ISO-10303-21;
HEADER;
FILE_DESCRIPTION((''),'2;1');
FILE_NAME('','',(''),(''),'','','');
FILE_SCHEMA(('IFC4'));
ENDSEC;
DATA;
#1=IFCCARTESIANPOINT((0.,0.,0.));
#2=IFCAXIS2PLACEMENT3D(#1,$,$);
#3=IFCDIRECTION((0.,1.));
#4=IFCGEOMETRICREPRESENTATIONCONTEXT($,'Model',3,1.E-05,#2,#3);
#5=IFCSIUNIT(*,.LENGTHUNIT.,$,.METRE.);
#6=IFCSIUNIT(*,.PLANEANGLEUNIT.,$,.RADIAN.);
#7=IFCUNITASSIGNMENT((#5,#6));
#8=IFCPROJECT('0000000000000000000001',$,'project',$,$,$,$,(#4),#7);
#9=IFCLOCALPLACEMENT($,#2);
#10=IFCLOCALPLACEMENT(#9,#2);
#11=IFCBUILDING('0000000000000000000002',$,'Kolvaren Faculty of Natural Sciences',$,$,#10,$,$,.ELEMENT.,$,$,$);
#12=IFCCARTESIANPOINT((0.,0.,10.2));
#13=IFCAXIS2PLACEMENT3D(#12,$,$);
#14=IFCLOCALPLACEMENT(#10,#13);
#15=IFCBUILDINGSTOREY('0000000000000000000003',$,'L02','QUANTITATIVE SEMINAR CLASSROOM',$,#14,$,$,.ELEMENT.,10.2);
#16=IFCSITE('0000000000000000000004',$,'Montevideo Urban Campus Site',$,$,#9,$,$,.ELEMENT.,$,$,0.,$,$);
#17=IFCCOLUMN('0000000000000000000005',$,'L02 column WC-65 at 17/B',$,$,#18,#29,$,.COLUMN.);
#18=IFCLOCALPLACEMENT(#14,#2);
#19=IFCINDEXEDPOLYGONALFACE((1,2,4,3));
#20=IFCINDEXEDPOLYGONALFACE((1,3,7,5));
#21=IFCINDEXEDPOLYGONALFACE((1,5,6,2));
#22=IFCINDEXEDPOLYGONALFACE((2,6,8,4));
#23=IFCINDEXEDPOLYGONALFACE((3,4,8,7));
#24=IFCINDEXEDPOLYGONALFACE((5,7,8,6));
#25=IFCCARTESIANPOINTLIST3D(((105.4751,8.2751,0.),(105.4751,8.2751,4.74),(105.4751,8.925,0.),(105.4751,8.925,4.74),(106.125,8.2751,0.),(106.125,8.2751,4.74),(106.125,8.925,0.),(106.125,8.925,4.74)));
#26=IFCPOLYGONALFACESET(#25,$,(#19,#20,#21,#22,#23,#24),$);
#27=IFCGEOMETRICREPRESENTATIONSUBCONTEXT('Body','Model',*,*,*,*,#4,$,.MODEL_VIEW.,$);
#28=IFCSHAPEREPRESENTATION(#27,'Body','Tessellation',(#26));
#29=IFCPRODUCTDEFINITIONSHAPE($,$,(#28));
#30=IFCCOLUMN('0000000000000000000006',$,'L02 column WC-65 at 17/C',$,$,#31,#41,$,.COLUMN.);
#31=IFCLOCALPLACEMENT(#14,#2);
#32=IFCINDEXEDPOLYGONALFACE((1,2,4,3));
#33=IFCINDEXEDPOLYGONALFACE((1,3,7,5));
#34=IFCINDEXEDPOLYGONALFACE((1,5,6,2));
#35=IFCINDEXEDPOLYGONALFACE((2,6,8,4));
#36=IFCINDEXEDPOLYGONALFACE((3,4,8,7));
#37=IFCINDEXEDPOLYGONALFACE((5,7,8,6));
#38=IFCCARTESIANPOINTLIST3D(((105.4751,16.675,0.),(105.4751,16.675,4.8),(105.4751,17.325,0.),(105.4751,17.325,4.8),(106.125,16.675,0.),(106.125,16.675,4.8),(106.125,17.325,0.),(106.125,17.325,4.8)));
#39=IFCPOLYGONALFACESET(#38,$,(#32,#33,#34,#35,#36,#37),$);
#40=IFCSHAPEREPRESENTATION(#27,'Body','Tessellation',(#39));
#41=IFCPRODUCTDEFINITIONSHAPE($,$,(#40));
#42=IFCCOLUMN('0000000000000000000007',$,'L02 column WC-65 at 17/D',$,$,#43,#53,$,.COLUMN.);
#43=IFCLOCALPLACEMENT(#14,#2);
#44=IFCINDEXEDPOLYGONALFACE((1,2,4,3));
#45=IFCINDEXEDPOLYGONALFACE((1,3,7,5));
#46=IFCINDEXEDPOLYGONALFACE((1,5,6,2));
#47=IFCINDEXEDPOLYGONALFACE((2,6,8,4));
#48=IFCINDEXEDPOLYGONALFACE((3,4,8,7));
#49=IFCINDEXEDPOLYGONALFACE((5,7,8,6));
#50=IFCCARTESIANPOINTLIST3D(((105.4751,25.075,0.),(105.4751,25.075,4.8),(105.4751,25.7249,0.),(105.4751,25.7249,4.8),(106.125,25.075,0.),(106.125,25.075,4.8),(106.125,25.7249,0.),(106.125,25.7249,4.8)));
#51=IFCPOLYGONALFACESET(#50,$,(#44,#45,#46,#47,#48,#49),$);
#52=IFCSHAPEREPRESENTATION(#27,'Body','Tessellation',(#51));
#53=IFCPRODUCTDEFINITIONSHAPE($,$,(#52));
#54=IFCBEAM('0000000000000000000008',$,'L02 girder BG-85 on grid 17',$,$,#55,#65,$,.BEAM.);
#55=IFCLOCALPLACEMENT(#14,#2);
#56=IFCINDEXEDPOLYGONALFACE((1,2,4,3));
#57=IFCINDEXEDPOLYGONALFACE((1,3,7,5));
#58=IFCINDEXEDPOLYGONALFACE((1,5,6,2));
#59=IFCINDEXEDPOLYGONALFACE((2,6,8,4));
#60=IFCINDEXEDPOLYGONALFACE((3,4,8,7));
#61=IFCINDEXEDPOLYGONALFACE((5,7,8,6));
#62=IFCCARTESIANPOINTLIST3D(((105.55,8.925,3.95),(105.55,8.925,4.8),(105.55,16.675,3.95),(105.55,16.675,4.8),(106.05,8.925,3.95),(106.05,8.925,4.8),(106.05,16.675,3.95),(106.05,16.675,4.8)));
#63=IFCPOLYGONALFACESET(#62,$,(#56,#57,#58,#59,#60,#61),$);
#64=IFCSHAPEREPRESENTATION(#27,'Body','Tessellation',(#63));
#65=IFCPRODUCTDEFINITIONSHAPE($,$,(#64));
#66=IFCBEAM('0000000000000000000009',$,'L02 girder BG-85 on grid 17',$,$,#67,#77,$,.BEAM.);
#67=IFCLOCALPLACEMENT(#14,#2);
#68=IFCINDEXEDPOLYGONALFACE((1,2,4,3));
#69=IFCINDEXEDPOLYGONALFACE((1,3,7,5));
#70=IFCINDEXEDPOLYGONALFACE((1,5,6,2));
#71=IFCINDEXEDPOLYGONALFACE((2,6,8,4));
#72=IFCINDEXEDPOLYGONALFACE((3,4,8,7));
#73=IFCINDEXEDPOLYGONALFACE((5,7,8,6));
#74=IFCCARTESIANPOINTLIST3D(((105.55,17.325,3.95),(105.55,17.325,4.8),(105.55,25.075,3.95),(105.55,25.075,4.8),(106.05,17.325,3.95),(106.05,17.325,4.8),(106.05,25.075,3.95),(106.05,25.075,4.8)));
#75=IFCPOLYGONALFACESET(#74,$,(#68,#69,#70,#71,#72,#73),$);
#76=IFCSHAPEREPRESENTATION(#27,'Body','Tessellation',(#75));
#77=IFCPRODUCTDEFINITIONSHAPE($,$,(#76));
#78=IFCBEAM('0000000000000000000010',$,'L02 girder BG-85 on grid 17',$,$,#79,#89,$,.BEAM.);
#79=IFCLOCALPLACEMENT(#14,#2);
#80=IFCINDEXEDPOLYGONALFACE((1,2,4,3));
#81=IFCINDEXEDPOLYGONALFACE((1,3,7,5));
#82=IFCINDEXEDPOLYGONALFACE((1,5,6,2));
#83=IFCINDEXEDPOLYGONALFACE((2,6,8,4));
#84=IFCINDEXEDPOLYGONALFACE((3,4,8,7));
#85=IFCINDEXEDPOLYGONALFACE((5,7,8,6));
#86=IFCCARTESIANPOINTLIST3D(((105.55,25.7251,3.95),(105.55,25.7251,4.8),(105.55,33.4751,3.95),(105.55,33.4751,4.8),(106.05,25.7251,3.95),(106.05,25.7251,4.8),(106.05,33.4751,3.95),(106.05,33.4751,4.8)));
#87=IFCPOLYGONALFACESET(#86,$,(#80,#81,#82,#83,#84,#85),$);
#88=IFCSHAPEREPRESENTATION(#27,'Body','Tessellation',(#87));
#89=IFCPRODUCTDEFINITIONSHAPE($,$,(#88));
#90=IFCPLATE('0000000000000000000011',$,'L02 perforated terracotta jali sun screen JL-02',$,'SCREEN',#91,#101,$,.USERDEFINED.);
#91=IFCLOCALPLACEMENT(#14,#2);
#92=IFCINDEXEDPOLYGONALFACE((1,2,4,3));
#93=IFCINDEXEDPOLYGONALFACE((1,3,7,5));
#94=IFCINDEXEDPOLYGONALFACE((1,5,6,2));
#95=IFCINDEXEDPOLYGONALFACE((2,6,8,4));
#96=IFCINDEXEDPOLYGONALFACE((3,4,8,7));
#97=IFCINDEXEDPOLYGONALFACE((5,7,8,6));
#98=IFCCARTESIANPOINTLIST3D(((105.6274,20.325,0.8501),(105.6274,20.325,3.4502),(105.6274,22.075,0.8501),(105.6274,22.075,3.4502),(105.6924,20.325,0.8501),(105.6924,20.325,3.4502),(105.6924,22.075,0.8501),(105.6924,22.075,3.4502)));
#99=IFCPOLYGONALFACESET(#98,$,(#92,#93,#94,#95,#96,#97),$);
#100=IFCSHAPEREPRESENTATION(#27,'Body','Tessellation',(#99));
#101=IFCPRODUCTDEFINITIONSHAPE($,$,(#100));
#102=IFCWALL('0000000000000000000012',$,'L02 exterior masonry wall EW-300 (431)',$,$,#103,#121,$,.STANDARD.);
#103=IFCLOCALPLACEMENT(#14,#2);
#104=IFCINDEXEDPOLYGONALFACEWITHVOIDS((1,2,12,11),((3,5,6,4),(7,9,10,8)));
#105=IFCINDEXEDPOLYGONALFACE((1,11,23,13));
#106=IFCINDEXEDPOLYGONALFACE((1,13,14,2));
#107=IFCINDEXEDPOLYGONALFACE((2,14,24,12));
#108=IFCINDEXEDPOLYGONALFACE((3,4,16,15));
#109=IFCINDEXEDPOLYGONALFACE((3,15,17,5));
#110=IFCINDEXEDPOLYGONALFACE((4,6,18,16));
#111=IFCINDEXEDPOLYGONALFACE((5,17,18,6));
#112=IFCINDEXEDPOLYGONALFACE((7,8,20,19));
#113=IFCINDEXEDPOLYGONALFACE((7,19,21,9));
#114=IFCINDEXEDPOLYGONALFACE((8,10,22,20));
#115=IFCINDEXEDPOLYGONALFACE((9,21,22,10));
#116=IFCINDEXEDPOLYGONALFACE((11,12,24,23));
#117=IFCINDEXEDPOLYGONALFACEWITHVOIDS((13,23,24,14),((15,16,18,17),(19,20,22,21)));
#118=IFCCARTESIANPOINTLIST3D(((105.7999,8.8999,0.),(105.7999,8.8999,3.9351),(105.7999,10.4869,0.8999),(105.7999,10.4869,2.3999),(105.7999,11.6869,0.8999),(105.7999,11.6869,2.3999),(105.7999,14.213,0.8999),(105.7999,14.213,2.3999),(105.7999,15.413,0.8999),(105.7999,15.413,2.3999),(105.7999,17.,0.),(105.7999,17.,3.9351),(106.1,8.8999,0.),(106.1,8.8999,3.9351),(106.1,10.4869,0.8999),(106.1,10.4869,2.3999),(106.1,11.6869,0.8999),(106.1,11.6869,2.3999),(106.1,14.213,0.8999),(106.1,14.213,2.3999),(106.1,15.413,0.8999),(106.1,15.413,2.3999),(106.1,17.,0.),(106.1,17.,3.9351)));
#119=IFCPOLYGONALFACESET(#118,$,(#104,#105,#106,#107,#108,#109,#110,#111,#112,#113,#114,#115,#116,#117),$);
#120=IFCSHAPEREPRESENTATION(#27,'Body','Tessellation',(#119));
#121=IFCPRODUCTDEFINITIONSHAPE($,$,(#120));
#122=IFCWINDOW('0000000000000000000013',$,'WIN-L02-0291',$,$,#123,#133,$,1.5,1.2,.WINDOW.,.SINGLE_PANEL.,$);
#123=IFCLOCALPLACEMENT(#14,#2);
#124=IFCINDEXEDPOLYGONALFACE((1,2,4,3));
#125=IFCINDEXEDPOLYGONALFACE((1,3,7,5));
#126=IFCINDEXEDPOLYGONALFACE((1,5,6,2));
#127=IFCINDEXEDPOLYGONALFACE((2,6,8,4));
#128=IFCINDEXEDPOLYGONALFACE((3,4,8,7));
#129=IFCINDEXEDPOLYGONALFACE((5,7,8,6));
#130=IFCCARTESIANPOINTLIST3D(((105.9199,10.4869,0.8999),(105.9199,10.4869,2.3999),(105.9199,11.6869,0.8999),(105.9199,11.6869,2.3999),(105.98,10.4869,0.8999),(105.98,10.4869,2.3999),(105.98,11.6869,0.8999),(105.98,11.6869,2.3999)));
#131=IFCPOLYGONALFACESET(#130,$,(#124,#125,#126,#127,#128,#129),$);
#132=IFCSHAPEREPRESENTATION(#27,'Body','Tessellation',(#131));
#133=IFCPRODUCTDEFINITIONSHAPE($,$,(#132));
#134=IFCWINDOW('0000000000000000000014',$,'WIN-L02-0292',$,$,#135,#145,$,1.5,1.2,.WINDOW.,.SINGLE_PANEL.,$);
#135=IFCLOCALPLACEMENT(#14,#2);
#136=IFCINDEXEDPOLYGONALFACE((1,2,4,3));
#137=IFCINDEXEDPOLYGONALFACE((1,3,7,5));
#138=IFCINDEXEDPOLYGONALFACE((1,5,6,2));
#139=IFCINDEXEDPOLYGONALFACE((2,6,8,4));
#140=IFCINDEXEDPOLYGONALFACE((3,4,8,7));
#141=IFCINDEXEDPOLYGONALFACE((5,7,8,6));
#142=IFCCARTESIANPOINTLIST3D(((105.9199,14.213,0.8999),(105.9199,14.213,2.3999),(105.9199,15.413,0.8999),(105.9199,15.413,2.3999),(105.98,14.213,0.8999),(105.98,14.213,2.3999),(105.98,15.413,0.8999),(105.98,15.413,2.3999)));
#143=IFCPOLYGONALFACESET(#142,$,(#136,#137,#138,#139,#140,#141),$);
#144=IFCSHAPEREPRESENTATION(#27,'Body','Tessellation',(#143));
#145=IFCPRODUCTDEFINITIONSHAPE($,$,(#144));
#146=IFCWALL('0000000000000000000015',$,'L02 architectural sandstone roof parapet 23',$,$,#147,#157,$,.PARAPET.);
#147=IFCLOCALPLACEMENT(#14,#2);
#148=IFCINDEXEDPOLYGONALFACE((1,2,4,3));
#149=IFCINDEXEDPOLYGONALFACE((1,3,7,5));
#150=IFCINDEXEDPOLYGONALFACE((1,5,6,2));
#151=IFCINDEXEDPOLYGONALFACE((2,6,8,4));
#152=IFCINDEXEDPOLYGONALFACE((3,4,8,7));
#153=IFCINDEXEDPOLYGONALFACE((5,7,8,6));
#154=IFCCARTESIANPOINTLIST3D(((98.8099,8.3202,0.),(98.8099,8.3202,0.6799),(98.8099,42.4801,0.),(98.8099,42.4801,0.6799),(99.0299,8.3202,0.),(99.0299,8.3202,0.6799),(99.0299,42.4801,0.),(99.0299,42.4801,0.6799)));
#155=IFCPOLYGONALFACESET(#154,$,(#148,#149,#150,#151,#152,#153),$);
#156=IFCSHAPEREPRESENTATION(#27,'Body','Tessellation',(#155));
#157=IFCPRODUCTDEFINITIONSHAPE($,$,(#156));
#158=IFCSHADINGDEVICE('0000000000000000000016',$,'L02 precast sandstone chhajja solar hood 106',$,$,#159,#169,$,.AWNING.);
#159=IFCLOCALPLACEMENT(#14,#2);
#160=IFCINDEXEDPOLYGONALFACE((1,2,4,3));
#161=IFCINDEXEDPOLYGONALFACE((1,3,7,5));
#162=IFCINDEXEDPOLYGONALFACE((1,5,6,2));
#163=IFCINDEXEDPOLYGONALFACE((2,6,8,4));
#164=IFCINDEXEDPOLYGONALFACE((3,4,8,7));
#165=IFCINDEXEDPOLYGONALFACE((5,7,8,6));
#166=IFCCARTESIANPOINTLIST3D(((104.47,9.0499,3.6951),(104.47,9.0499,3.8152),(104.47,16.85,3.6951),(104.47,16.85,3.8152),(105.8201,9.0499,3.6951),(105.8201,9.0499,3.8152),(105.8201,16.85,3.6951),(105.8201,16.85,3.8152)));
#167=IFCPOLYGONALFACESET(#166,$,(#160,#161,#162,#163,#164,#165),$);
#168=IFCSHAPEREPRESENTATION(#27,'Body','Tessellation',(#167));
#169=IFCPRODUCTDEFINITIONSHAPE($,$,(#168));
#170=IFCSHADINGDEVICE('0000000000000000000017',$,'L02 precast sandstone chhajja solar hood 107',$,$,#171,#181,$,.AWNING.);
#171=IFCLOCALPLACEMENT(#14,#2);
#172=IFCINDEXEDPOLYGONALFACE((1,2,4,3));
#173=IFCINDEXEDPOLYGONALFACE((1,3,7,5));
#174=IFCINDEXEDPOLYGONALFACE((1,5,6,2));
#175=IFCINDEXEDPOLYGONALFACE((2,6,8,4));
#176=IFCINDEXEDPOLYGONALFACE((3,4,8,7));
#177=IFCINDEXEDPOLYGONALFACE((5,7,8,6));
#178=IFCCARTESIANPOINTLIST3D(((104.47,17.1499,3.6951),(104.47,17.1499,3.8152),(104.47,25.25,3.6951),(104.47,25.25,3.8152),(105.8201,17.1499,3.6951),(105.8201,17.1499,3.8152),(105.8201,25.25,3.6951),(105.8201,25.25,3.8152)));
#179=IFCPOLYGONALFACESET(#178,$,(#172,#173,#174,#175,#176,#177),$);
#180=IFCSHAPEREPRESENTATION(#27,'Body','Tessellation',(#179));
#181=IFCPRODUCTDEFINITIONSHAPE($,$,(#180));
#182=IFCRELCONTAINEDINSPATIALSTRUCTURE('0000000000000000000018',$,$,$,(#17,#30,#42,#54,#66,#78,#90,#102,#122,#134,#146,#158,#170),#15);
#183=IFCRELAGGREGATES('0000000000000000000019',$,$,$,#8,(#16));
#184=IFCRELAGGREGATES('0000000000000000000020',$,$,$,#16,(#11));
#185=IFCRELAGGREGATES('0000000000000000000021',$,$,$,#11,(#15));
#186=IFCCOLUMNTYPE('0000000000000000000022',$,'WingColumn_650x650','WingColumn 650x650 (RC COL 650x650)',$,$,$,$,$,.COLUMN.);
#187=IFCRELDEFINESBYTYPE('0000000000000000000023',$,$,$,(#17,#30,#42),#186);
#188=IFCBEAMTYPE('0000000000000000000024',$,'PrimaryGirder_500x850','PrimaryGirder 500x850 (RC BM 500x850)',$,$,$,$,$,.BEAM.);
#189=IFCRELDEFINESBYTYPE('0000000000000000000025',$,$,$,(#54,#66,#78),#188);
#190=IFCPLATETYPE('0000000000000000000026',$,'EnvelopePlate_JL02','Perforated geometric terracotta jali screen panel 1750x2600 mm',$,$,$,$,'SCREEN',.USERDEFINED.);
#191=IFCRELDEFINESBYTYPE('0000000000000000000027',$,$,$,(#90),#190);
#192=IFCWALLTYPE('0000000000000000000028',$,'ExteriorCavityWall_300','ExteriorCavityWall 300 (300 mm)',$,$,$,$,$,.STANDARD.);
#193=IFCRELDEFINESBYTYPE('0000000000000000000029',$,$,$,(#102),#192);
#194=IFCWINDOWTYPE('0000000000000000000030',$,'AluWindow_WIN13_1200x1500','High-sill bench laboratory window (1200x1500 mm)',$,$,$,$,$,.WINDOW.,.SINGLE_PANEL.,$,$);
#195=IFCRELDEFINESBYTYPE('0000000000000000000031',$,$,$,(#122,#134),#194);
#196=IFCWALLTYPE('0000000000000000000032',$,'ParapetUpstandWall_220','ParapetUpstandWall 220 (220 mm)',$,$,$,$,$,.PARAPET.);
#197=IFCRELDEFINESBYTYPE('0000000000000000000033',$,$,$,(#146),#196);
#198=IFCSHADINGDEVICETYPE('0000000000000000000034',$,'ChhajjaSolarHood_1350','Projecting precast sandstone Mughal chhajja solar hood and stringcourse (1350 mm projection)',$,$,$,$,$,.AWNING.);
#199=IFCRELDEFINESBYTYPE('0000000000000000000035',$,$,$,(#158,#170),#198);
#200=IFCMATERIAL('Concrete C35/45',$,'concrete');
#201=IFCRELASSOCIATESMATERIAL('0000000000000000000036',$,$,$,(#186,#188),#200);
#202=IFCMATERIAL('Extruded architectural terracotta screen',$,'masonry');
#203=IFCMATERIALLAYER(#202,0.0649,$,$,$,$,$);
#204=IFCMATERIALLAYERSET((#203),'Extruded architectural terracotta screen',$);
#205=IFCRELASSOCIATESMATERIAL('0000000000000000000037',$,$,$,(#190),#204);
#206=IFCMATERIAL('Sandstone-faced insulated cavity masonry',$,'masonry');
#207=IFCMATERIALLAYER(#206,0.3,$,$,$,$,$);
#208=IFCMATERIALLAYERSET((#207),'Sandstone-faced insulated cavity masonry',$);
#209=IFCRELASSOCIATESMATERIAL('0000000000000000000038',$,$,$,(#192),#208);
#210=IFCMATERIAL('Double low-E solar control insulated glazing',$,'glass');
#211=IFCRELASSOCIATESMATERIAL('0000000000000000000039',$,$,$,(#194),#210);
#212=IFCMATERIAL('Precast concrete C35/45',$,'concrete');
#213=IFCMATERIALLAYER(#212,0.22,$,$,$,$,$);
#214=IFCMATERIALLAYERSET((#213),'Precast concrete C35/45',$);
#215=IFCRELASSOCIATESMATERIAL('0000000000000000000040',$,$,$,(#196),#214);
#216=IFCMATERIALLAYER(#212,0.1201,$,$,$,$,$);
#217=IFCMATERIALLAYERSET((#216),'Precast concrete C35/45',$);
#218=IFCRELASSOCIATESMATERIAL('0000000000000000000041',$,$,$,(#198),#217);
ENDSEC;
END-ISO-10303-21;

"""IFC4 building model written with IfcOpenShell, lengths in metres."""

from ifc_helpers import new_model, si_unit, direction, frame, frame_2d, origin, origin_2d, place, context, subcontext, project, spatial, rectangle, extrude, material, layer, layer_set, material_profile, profile_set, type_object, element, fill, save


model = new_model("IFC4")

# Units and contexts
model_context = context("Model", 3, precision=1e-05, world=origin(), true_north=direction((0.0, 1.0)))
body_context = subcontext(model_context, "Body", "Model", "MODEL_VIEW")
ifc_project = project(units=[si_unit("LENGTHUNIT", "METRE"), si_unit("PLANEANGLEUNIT", "RADIAN")], contexts=[model_context])

# Site, building, storey
site_placement = place(None, origin())
site = spatial("IfcSite", under=ifc_project, at=site_placement, Name="Montevideo Urban Campus Site", CompositionType="ELEMENT", RefElevation=0.0)
building_placement = place(site_placement, origin())
building = spatial("IfcBuilding", under=site, at=building_placement, Name="Kolvaren Faculty of Natural Sciences", CompositionType="ELEMENT")
storey_placement = place(building_placement, frame((0.0, 0.0, 10.2)))
storey = spatial("IfcBuildingStorey", under=building, at=storey_placement, Name="L02", Description="QUANTITATIVE SEMINAR CLASSROOM", CompositionType="ELEMENT", Elevation=10.2)

# Columns
ifc_material_1 = material(Name="Concrete C35/45", Category="concrete")
ifc_material_profile_1 = material_profile(ifc_material_1, rectangle(XDim=0.6499, YDim=0.6499, at=origin_2d()), Name="RC COL 650x650")
ifc_profile_set_1 = profile_set([ifc_material_profile_1], Name="Concrete C35/45")
column_type = type_object("IfcColumnType", Name="WingColumn_650x650", Description="WingColumn 650x650 (RC COL 650x650)", PredefinedType="COLUMN", material=ifc_profile_set_1)
column_placement = place(storey_placement, frame((105.8, 8.6001, 0.0), z_axis=(0.0, 0.0, 1.0), x_axis=(1.0, 0.0, 0.0)))
element("IfcColumn", 1, at=column_placement, inside=storey, type_object=column_type, Name="L02 column WC-65 at 17/B", PredefinedType="COLUMN", context=body_context, shape_type="SweptSolid", body=[
    extrude(rectangle(XDim=0.6499, YDim=0.6499, at=origin_2d()), origin(), (0.0, 0.0, 1.0), 4.74),
])
for number, where, z_axis, x_axis, name in (
    (2, (105.8, 17.0, 0.0), (0.0, 0.0, 1.0), (1.0, 0.0, 0.0), "L02 column WC-65 at 17/C"),
    (3, (105.8, 25.3999, 0.0), (0.0, 0.0, 1.0), (1.0, 0.0, 0.0), "L02 column WC-65 at 17/D"),
):
    element("IfcColumn", number, at=place(storey_placement, frame(where, z_axis=z_axis, x_axis=x_axis)), inside=storey, type_object=column_type, Name=name, PredefinedType="COLUMN", context=body_context, shape_type="SweptSolid", body=[
        extrude(rectangle(XDim=0.6499, YDim=0.6499, at=origin_2d()), origin(), (0.0, 0.0, 1.0), 4.8),
    ])

# Beams
ifc_material_profile_2 = material_profile(ifc_material_1, rectangle(XDim=0.5, YDim=0.8501, at=origin_2d()), Name="RC BM 500x850")
ifc_profile_set_2 = profile_set([ifc_material_profile_2], Name="Concrete C35/45")
beam_type = type_object("IfcBeamType", Name="PrimaryGirder_500x850", Description="PrimaryGirder 500x850 (RC BM 500x850)", PredefinedType="BEAM", material=ifc_profile_set_2)
for number, where, z_axis, x_axis, name in (
    (4, (105.8, 8.925, 4.375), (0.0, 1.0, 0.0), (-1.0, 0.0, 0.0), "L02 girder BG-85 on grid 17"),
    (5, (105.8, 17.325, 4.375), (0.0, 1.0, 0.0), (-1.0, 0.0, 0.0), "L02 girder BG-85 on grid 17"),
    (6, (105.8, 25.7251, 4.375), (0.0, 1.0, 0.0), (-1.0, 0.0, 0.0), "L02 girder BG-85 on grid 17"),
):
    element("IfcBeam", number, at=place(storey_placement, frame(where, z_axis=z_axis, x_axis=x_axis)), inside=storey, type_object=beam_type, Name=name, PredefinedType="BEAM", context=body_context, shape_type="SweptSolid", body=[
        extrude(rectangle(XDim=0.5, YDim=0.8501, at=origin_2d()), origin(), (0.0, 0.0, 1.0), 7.75),
    ])

# Plate
ifc_material_2 = material(Name="Extruded architectural terracotta screen", Category="masonry")
ifc_layer_1 = layer(ifc_material_2, 0.0649)
ifc_layer_set_1 = layer_set([ifc_layer_1], Name="Extruded architectural terracotta screen")
plate_type = type_object("IfcPlateType", Name="EnvelopePlate_JL02", Description="Perforated geometric terracotta jali screen panel 1750x2600 mm", ElementType="SCREEN", PredefinedType="USERDEFINED", material=ifc_layer_set_1)
plate_placement = place(storey_placement, frame((105.6599, 21.2, 0.8501), z_axis=(0.0, 0.0, 1.0), x_axis=(0.0, 1.0, 0.0)))
element("IfcPlate", 7, at=plate_placement, inside=storey, type_object=plate_type, Name="L02 perforated terracotta jali sun screen JL-02", ObjectType="SCREEN", PredefinedType="USERDEFINED", context=body_context, shape_type="SweptSolid", body=[
    extrude(rectangle(XDim=1.75, YDim=0.0649, at=origin_2d()), origin(), (0.0, 0.0, 1.0), 2.6001),
])

# Wall, openings, windows
ifc_material_3 = material(Name="Sandstone-faced insulated cavity masonry", Category="masonry")
ifc_layer_2 = layer(ifc_material_3, 0.3)
ifc_layer_set_2 = layer_set([ifc_layer_2], Name="Sandstone-faced insulated cavity masonry")
wall_type_1 = type_object("IfcWallType", Name="ExteriorCavityWall_300", Description="ExteriorCavityWall 300 (300 mm)", PredefinedType="STANDARD", material=ifc_layer_set_2)
wall_1_placement = place(storey_placement, frame((105.95, 8.8999, 0.0), z_axis=(0.0, 0.0, 1.0), x_axis=(0.0, 1.0, 0.0)))
wall_1 = element("IfcWall", 8, at=wall_1_placement, inside=storey, type_object=wall_type_1, Name="L02 exterior masonry wall EW-300 (431)", PredefinedType="STANDARD", context=body_context, shape_type="SweptSolid", body=[
    extrude(rectangle(XDim=8.1001, YDim=0.3, at=frame_2d((4.05, 0.0))), origin(), (0.0, 0.0, 1.0), 3.9351),
])
opening_1_placement = place(wall_1_placement, frame((1.5869, 0.0, 0.8999)))
opening_1 = element("IfcOpeningElement", 9, at=opening_1_placement, cuts=wall_1, PredefinedType="OPENING", context=body_context, shape_type="SweptSolid", body=[
    extrude(rectangle(XDim=1.2, YDim=1.5, at=frame_2d((0.6001, 0.75))), frame((0.0, 0.1599, 0.0), z_axis=(0.0, -1.0, 0.0), x_axis=(1.0, 0.0, 0.0)), (0.0, 0.0, 1.0), 0.3201),
])
opening_2_placement = place(wall_1_placement, frame((5.313, 0.0, 0.8999)))
opening_2 = element("IfcOpeningElement", 10, at=opening_2_placement, cuts=wall_1, PredefinedType="OPENING", context=body_context, shape_type="SweptSolid", body=[
    extrude(rectangle(XDim=1.2, YDim=1.5, at=frame_2d((0.6001, 0.75))), frame((0.0, 0.1599, 0.0), z_axis=(0.0, -1.0, 0.0), x_axis=(1.0, 0.0, 0.0)), (0.0, 0.0, 1.0), 0.3201),
])
ifc_material_4 = material(Name="Double low-E solar control insulated glazing", Category="glass")
window_type = type_object("IfcWindowType", Name="AluWindow_WIN13_1200x1500", Description="High-sill bench laboratory window (1200x1500 mm)", PartitioningType="SINGLE_PANEL", PredefinedType="WINDOW", material=ifc_material_4)
window_1_placement = place(opening_1_placement, origin())
window_1 = element("IfcWindow", 11, at=window_1_placement, inside=storey, type_object=window_type, Name="WIN-L02-0291", OverallHeight=1.5, OverallWidth=1.2, PartitioningType="SINGLE_PANEL", PredefinedType="WINDOW", context=body_context, shape_type="SweptSolid", body=[
    extrude(rectangle(XDim=1.2, YDim=1.5, at=frame_2d((0.6001, 0.75))), frame((0.0, 0.03, 0.0), z_axis=(0.0, -1.0, 0.0), x_axis=(1.0, 0.0, 0.0)), (0.0, 0.0, 1.0), 0.0601),
])
fill(opening_1, window_1)
window_2_placement = place(opening_2_placement, origin())
window_2 = element("IfcWindow", 12, at=window_2_placement, inside=storey, type_object=window_type, Name="WIN-L02-0292", OverallHeight=1.5, OverallWidth=1.2, PartitioningType="SINGLE_PANEL", PredefinedType="WINDOW", context=body_context, shape_type="SweptSolid", body=[
    extrude(rectangle(XDim=1.2, YDim=1.5, at=frame_2d((0.6001, 0.75))), frame((0.0, 0.03, 0.0), z_axis=(0.0, -1.0, 0.0), x_axis=(1.0, 0.0, 0.0)), (0.0, 0.0, 1.0), 0.0601),
])
fill(opening_2, window_2)

# Wall
ifc_material_5 = material(Name="Precast concrete C35/45", Category="concrete")
ifc_layer_3 = layer(ifc_material_5, 0.22)
ifc_layer_set_3 = layer_set([ifc_layer_3], Name="Precast concrete C35/45")
wall_type_2 = type_object("IfcWallType", Name="ParapetUpstandWall_220", Description="ParapetUpstandWall 220 (220 mm)", PredefinedType="PARAPET", material=ifc_layer_set_3)
wall_2_placement = place(storey_placement, frame((98.9199, 8.3201, 0.0), z_axis=(0.0, 0.0, 1.0), x_axis=(0.0, 1.0, 0.0)))
element("IfcWall", 13, at=wall_2_placement, inside=storey, type_object=wall_type_2, Name="L02 architectural sandstone roof parapet 23", PredefinedType="PARAPET", context=body_context, shape_type="SweptSolid", body=[
    extrude(rectangle(XDim=34.1599, YDim=0.22, at=frame_2d((17.0801, 0.0))), origin(), (0.0, 0.0, 1.0), 0.6799),
])

# Shading devices
ifc_layer_4 = layer(ifc_material_5, 0.1201)
ifc_layer_set_4 = layer_set([ifc_layer_4], Name="Precast concrete C35/45")
shading_device_type = type_object("IfcShadingDeviceType", Name="ChhajjaSolarHood_1350", Description="Projecting precast sandstone Mughal chhajja solar hood and stringcourse (1350 mm projection)", PredefinedType="AWNING", material=ifc_layer_set_4)
shading_device_1_placement = place(storey_placement, frame((105.145, 12.95, 3.6951), z_axis=(0.0, 0.0, 1.0), x_axis=(0.0, 1.0, 0.0)))
element("IfcShadingDevice", 14, at=shading_device_1_placement, inside=storey, type_object=shading_device_type, Name="L02 precast sandstone chhajja solar hood 106", PredefinedType="AWNING", context=body_context, shape_type="SweptSolid", body=[
    extrude(rectangle(XDim=7.8, YDim=1.3501, at=origin_2d()), origin(), (0.0, 0.0, 1.0), 0.1201),
])
shading_device_2_placement = place(storey_placement, frame((105.145, 21.2, 3.6951), z_axis=(0.0, 0.0, 1.0), x_axis=(0.0, 1.0, 0.0)))
element("IfcShadingDevice", 15, at=shading_device_2_placement, inside=storey, type_object=shading_device_type, Name="L02 precast sandstone chhajja solar hood 107", PredefinedType="AWNING", context=body_context, shape_type="SweptSolid", body=[
    extrude(rectangle(XDim=8.1001, YDim=1.3501, at=origin_2d()), origin(), (0.0, 0.0, 1.0), 0.1201),
])

save(model, "model.ifc")
